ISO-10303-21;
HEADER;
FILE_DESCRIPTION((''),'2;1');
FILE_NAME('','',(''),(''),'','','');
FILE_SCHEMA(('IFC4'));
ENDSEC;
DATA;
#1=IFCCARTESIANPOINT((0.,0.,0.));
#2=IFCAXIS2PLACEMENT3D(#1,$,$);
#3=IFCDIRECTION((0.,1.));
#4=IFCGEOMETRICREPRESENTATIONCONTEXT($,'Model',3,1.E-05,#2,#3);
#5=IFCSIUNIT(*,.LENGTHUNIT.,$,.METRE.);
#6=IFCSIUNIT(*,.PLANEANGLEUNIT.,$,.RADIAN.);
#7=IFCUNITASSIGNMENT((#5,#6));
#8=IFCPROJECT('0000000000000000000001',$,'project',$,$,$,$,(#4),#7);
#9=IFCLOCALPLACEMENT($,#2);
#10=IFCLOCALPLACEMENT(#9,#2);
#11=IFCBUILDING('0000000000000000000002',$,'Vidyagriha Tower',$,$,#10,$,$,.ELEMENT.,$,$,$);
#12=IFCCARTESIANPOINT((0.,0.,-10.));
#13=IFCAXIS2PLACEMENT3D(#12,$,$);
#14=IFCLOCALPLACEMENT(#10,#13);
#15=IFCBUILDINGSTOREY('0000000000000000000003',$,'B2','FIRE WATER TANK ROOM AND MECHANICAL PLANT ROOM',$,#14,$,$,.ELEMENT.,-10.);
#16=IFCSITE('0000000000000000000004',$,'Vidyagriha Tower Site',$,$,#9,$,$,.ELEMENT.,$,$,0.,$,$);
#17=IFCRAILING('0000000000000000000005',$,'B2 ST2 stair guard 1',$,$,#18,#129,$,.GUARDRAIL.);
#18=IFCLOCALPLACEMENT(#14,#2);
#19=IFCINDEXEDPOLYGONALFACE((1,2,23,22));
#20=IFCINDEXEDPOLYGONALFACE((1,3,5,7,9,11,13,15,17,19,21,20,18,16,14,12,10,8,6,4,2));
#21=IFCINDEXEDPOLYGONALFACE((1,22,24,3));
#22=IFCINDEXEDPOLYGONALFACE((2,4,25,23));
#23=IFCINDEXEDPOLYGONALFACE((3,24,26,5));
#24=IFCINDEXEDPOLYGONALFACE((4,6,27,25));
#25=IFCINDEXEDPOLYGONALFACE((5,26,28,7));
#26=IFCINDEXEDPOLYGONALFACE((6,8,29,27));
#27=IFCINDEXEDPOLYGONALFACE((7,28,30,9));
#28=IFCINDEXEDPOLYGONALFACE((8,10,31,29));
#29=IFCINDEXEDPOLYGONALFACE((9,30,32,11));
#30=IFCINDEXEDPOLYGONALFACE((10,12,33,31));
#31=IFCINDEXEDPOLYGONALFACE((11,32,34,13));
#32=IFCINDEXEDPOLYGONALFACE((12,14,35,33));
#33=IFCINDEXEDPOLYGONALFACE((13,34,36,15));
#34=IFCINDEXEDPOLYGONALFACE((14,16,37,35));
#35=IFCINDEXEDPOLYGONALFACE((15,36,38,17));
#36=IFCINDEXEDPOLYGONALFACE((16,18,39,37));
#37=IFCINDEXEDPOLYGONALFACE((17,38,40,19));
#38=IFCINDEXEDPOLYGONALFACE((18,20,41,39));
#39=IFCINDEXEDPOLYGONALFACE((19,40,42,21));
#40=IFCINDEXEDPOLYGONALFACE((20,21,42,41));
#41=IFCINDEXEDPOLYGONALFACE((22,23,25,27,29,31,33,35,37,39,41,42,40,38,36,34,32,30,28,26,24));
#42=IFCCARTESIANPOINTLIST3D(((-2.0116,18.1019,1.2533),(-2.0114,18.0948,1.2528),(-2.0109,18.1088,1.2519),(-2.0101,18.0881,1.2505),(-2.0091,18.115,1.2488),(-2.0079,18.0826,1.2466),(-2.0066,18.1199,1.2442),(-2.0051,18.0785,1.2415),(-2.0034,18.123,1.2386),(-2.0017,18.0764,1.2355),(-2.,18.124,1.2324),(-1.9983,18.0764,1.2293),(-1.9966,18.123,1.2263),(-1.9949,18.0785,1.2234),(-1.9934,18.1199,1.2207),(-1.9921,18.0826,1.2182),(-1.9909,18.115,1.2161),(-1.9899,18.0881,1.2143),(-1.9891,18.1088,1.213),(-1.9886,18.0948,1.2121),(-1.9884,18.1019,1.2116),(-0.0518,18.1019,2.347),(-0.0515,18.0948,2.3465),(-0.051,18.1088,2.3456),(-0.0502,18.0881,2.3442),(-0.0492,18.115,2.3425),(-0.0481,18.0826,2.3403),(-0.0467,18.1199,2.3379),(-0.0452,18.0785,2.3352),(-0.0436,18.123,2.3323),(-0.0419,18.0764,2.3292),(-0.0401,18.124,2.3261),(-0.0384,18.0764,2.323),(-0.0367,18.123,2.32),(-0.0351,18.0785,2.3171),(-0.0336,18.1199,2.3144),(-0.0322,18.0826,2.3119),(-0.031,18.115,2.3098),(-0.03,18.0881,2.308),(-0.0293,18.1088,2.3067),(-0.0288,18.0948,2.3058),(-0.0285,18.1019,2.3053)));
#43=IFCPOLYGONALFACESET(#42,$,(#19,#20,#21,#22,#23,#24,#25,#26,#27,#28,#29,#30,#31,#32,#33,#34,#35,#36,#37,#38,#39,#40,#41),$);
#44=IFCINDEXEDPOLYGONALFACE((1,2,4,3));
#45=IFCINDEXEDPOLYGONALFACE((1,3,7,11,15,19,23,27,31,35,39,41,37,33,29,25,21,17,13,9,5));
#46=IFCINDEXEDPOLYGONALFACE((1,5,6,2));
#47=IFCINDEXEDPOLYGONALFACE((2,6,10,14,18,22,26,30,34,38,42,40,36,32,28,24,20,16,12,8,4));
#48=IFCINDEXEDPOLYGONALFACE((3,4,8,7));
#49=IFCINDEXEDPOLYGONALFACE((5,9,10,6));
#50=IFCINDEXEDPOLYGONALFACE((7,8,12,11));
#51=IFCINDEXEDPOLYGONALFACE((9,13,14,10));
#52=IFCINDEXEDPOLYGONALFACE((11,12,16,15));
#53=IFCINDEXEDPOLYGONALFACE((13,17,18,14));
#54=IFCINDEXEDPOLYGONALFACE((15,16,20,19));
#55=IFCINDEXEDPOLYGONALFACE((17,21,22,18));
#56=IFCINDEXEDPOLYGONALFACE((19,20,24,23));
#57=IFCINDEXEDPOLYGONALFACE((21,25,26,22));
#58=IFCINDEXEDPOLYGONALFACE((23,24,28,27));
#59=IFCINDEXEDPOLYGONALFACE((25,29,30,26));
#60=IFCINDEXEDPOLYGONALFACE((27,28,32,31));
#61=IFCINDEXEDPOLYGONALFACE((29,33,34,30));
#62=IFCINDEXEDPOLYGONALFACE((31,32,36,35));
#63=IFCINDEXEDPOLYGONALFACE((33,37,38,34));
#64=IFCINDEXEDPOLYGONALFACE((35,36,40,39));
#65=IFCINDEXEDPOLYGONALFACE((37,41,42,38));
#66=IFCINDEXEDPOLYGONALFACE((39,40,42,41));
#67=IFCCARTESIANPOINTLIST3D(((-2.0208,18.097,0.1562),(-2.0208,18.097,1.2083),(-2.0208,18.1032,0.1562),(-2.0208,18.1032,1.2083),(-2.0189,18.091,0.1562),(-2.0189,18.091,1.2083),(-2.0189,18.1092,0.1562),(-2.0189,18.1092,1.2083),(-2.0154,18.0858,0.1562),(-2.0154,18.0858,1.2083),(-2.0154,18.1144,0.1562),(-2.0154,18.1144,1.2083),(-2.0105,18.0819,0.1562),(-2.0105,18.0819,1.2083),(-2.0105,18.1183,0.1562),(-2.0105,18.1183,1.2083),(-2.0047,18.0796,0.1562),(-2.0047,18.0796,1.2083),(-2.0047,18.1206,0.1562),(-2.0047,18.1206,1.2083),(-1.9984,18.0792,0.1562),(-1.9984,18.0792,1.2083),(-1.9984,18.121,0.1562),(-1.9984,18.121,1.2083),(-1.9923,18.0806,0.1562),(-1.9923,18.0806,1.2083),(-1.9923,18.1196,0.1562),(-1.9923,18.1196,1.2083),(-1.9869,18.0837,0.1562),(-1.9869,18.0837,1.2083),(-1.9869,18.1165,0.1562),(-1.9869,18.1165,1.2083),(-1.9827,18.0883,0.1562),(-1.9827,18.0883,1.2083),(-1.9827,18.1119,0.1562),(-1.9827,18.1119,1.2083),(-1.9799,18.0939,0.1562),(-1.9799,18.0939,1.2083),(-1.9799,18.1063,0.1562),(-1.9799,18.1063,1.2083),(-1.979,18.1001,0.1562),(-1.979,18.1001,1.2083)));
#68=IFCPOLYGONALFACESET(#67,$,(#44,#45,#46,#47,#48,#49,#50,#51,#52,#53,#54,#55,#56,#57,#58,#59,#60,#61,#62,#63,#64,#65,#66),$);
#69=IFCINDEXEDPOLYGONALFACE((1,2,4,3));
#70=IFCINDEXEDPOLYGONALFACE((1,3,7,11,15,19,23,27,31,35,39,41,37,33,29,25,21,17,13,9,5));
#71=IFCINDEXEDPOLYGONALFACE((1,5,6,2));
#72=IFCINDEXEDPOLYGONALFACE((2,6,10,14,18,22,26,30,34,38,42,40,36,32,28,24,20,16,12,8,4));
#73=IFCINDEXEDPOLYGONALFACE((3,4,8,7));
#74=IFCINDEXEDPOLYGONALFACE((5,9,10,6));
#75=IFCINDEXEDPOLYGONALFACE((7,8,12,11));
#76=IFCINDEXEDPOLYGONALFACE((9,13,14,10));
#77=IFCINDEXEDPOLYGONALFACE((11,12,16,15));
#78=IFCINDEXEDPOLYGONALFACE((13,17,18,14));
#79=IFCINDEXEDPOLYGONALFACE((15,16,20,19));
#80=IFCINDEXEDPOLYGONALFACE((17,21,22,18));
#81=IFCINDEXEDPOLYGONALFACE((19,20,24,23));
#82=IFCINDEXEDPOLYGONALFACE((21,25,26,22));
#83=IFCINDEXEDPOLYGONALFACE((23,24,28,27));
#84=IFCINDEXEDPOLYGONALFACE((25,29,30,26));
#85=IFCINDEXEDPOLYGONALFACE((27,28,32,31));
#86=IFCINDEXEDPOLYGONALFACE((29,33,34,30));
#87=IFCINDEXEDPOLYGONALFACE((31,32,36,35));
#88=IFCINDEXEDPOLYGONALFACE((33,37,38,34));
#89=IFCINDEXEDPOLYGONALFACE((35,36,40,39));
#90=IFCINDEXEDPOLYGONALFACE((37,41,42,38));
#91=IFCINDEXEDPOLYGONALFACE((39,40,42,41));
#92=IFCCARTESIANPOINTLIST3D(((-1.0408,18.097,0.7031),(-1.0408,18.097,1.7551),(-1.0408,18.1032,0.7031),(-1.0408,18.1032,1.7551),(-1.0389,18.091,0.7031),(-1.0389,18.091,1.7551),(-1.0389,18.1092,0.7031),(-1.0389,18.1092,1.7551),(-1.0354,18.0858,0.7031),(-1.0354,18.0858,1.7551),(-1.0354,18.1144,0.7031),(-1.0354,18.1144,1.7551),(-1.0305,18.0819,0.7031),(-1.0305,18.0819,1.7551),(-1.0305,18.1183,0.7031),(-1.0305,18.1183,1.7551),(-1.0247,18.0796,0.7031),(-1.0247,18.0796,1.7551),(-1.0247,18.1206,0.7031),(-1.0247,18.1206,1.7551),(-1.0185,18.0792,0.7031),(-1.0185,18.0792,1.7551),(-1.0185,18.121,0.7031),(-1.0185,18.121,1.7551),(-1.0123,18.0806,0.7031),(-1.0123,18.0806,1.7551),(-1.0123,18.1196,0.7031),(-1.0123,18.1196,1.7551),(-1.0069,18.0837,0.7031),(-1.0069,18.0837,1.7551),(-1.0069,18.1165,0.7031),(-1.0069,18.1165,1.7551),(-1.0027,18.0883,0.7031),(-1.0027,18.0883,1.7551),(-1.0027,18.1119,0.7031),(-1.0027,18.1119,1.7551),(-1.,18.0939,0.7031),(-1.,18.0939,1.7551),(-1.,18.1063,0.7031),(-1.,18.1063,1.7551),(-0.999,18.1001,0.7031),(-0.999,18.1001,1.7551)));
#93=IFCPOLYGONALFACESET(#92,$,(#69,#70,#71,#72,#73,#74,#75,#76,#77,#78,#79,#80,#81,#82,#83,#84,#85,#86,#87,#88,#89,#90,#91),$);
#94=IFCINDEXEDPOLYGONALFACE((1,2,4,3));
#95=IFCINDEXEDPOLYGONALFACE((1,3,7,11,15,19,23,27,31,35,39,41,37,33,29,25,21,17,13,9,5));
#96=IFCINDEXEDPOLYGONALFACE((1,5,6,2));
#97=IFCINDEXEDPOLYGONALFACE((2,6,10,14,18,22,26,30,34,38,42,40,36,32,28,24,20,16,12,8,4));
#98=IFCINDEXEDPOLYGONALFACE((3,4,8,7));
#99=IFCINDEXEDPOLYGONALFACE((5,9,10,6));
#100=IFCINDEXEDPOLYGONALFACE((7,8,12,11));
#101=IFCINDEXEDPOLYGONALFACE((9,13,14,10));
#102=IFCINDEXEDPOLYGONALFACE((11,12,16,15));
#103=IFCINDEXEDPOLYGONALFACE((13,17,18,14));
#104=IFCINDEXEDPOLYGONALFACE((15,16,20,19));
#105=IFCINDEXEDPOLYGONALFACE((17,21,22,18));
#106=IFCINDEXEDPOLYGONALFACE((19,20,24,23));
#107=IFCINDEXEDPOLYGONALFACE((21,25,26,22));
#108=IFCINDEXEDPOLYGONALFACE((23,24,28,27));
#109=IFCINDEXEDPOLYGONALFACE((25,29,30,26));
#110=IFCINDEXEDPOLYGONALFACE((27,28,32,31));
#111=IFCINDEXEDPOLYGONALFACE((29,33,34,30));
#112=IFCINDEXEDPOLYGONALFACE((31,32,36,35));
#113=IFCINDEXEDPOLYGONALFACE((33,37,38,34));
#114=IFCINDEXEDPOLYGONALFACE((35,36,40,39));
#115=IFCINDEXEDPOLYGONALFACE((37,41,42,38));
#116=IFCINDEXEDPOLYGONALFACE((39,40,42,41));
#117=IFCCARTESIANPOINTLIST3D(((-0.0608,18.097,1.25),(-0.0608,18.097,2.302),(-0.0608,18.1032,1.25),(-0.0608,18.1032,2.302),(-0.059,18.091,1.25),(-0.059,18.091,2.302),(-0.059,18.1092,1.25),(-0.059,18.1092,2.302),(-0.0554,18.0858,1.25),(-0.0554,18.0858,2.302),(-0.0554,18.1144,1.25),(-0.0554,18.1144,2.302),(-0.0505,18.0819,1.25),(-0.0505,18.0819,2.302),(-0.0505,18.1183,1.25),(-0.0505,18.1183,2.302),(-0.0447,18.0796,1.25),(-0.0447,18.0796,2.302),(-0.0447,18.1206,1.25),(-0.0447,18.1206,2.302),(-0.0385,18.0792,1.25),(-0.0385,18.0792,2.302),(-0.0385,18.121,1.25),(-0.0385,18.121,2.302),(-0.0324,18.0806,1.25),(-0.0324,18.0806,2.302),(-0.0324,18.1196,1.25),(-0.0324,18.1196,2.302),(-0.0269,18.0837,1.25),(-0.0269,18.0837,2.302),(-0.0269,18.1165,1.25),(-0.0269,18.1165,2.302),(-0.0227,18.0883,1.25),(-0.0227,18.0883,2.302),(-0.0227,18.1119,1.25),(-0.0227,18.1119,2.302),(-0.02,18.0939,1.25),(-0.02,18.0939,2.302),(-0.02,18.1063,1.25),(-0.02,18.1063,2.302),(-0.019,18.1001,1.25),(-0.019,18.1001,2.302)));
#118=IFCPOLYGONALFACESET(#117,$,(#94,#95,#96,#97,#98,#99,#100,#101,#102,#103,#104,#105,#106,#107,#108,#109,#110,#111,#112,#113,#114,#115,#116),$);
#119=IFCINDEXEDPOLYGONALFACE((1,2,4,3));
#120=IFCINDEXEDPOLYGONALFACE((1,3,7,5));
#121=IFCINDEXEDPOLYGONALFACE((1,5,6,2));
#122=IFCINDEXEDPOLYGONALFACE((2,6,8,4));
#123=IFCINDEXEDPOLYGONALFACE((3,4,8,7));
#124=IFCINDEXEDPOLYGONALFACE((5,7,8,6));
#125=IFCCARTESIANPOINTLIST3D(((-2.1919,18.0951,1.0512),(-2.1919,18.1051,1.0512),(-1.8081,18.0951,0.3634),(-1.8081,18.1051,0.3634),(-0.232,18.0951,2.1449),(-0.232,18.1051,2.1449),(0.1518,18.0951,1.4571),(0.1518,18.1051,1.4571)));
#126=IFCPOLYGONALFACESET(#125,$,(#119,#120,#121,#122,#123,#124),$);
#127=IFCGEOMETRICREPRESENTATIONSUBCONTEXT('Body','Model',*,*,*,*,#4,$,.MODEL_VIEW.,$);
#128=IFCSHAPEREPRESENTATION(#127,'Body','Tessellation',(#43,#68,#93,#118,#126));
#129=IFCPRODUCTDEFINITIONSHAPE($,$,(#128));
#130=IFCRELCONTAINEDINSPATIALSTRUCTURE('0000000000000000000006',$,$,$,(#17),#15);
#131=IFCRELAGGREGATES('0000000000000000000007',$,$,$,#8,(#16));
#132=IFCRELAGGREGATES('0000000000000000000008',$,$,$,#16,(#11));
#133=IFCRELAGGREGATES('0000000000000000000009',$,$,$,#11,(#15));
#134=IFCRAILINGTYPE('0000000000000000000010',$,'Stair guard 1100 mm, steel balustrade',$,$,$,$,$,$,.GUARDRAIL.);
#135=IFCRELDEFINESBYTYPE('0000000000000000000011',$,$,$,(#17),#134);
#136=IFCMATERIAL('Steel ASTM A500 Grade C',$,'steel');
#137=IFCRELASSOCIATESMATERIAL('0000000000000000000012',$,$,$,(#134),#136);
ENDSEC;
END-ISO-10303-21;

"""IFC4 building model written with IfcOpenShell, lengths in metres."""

from ifc_helpers import new_model, si_unit, direction, frame, origin, origin_2d, place, context, subcontext, project, spatial, rectangle, circle, extrude, material, type_object, element, save


model = new_model("IFC4")

# Units and contexts
model_context = context("Model", 3, precision=1e-05, world=origin(), true_north=direction((0.0, 1.0)))
body_context = subcontext(model_context, "Body", "Model", "MODEL_VIEW")
ifc_project = project(units=[si_unit("LENGTHUNIT", "METRE"), si_unit("PLANEANGLEUNIT", "RADIAN")], contexts=[model_context])

# Site, building, storey
site_placement = place(None, origin())
site = spatial("IfcSite", under=ifc_project, at=site_placement, Name="Vidyagriha Tower Site", CompositionType="ELEMENT", RefElevation=0.0)
building_placement = place(site_placement, origin())
building = spatial("IfcBuilding", under=site, at=building_placement, Name="Vidyagriha Tower", CompositionType="ELEMENT")
storey_placement = place(building_placement, frame((0.0, 0.0, -10.0)))
storey = spatial("IfcBuildingStorey", under=building, at=storey_placement, Name="B2", Description="FIRE WATER TANK ROOM AND MECHANICAL PLANT ROOM", CompositionType="ELEMENT", Elevation=-10.0)

# Railing
ifc_material_1 = material(Name="Steel ASTM A500 Grade C", Category="steel")
railing_type_1 = type_object("IfcRailingType", Name="Stair guard 1100 mm, steel balustrade", PredefinedType="GUARDRAIL", material=ifc_material_1)
railing_1_placement = place(storey_placement, frame((-2.0, 18.1001, 0.1562)))
element("IfcRailing", 1, at=railing_1_placement, inside=storey, type_object=railing_type_1, Name="B2 ST2 stair guard 1", PredefinedType="GUARDRAIL", context=body_context, shape_type="SweptSolid", body=[
    extrude(circle(Radius=0.0239, at=origin_2d()), frame((0.0, 0.0, 1.0762), z_axis=(0.873232, 0.0, 0.487304), x_axis=(0.0, 1.0, 0.0)), (0.0, 0.0, 1.0), 2.2444),
    extrude(circle(Radius=0.021, at=origin_2d()), origin(), (0.0, 0.0, 1.0), 1.052),
    extrude(circle(Radius=0.021, at=origin_2d()), frame((0.98, 0.0, 0.5469)), (0.0, 0.0, 1.0), 1.052),
    extrude(circle(Radius=0.021, at=origin_2d()), frame((1.96, 0.0, 1.0938)), (0.0, 0.0, 1.0), 1.052),
    extrude(rectangle(XDim=0.01, YDim=0.7876, at=origin_2d()), frame((0.0, 0.0, 0.551), z_axis=(0.873232, 0.0, 0.487304), x_axis=(0.0, 1.0, 0.0)), (0.0, 0.0, 1.0), 2.2444),
])

save(model, "model.ifc")
